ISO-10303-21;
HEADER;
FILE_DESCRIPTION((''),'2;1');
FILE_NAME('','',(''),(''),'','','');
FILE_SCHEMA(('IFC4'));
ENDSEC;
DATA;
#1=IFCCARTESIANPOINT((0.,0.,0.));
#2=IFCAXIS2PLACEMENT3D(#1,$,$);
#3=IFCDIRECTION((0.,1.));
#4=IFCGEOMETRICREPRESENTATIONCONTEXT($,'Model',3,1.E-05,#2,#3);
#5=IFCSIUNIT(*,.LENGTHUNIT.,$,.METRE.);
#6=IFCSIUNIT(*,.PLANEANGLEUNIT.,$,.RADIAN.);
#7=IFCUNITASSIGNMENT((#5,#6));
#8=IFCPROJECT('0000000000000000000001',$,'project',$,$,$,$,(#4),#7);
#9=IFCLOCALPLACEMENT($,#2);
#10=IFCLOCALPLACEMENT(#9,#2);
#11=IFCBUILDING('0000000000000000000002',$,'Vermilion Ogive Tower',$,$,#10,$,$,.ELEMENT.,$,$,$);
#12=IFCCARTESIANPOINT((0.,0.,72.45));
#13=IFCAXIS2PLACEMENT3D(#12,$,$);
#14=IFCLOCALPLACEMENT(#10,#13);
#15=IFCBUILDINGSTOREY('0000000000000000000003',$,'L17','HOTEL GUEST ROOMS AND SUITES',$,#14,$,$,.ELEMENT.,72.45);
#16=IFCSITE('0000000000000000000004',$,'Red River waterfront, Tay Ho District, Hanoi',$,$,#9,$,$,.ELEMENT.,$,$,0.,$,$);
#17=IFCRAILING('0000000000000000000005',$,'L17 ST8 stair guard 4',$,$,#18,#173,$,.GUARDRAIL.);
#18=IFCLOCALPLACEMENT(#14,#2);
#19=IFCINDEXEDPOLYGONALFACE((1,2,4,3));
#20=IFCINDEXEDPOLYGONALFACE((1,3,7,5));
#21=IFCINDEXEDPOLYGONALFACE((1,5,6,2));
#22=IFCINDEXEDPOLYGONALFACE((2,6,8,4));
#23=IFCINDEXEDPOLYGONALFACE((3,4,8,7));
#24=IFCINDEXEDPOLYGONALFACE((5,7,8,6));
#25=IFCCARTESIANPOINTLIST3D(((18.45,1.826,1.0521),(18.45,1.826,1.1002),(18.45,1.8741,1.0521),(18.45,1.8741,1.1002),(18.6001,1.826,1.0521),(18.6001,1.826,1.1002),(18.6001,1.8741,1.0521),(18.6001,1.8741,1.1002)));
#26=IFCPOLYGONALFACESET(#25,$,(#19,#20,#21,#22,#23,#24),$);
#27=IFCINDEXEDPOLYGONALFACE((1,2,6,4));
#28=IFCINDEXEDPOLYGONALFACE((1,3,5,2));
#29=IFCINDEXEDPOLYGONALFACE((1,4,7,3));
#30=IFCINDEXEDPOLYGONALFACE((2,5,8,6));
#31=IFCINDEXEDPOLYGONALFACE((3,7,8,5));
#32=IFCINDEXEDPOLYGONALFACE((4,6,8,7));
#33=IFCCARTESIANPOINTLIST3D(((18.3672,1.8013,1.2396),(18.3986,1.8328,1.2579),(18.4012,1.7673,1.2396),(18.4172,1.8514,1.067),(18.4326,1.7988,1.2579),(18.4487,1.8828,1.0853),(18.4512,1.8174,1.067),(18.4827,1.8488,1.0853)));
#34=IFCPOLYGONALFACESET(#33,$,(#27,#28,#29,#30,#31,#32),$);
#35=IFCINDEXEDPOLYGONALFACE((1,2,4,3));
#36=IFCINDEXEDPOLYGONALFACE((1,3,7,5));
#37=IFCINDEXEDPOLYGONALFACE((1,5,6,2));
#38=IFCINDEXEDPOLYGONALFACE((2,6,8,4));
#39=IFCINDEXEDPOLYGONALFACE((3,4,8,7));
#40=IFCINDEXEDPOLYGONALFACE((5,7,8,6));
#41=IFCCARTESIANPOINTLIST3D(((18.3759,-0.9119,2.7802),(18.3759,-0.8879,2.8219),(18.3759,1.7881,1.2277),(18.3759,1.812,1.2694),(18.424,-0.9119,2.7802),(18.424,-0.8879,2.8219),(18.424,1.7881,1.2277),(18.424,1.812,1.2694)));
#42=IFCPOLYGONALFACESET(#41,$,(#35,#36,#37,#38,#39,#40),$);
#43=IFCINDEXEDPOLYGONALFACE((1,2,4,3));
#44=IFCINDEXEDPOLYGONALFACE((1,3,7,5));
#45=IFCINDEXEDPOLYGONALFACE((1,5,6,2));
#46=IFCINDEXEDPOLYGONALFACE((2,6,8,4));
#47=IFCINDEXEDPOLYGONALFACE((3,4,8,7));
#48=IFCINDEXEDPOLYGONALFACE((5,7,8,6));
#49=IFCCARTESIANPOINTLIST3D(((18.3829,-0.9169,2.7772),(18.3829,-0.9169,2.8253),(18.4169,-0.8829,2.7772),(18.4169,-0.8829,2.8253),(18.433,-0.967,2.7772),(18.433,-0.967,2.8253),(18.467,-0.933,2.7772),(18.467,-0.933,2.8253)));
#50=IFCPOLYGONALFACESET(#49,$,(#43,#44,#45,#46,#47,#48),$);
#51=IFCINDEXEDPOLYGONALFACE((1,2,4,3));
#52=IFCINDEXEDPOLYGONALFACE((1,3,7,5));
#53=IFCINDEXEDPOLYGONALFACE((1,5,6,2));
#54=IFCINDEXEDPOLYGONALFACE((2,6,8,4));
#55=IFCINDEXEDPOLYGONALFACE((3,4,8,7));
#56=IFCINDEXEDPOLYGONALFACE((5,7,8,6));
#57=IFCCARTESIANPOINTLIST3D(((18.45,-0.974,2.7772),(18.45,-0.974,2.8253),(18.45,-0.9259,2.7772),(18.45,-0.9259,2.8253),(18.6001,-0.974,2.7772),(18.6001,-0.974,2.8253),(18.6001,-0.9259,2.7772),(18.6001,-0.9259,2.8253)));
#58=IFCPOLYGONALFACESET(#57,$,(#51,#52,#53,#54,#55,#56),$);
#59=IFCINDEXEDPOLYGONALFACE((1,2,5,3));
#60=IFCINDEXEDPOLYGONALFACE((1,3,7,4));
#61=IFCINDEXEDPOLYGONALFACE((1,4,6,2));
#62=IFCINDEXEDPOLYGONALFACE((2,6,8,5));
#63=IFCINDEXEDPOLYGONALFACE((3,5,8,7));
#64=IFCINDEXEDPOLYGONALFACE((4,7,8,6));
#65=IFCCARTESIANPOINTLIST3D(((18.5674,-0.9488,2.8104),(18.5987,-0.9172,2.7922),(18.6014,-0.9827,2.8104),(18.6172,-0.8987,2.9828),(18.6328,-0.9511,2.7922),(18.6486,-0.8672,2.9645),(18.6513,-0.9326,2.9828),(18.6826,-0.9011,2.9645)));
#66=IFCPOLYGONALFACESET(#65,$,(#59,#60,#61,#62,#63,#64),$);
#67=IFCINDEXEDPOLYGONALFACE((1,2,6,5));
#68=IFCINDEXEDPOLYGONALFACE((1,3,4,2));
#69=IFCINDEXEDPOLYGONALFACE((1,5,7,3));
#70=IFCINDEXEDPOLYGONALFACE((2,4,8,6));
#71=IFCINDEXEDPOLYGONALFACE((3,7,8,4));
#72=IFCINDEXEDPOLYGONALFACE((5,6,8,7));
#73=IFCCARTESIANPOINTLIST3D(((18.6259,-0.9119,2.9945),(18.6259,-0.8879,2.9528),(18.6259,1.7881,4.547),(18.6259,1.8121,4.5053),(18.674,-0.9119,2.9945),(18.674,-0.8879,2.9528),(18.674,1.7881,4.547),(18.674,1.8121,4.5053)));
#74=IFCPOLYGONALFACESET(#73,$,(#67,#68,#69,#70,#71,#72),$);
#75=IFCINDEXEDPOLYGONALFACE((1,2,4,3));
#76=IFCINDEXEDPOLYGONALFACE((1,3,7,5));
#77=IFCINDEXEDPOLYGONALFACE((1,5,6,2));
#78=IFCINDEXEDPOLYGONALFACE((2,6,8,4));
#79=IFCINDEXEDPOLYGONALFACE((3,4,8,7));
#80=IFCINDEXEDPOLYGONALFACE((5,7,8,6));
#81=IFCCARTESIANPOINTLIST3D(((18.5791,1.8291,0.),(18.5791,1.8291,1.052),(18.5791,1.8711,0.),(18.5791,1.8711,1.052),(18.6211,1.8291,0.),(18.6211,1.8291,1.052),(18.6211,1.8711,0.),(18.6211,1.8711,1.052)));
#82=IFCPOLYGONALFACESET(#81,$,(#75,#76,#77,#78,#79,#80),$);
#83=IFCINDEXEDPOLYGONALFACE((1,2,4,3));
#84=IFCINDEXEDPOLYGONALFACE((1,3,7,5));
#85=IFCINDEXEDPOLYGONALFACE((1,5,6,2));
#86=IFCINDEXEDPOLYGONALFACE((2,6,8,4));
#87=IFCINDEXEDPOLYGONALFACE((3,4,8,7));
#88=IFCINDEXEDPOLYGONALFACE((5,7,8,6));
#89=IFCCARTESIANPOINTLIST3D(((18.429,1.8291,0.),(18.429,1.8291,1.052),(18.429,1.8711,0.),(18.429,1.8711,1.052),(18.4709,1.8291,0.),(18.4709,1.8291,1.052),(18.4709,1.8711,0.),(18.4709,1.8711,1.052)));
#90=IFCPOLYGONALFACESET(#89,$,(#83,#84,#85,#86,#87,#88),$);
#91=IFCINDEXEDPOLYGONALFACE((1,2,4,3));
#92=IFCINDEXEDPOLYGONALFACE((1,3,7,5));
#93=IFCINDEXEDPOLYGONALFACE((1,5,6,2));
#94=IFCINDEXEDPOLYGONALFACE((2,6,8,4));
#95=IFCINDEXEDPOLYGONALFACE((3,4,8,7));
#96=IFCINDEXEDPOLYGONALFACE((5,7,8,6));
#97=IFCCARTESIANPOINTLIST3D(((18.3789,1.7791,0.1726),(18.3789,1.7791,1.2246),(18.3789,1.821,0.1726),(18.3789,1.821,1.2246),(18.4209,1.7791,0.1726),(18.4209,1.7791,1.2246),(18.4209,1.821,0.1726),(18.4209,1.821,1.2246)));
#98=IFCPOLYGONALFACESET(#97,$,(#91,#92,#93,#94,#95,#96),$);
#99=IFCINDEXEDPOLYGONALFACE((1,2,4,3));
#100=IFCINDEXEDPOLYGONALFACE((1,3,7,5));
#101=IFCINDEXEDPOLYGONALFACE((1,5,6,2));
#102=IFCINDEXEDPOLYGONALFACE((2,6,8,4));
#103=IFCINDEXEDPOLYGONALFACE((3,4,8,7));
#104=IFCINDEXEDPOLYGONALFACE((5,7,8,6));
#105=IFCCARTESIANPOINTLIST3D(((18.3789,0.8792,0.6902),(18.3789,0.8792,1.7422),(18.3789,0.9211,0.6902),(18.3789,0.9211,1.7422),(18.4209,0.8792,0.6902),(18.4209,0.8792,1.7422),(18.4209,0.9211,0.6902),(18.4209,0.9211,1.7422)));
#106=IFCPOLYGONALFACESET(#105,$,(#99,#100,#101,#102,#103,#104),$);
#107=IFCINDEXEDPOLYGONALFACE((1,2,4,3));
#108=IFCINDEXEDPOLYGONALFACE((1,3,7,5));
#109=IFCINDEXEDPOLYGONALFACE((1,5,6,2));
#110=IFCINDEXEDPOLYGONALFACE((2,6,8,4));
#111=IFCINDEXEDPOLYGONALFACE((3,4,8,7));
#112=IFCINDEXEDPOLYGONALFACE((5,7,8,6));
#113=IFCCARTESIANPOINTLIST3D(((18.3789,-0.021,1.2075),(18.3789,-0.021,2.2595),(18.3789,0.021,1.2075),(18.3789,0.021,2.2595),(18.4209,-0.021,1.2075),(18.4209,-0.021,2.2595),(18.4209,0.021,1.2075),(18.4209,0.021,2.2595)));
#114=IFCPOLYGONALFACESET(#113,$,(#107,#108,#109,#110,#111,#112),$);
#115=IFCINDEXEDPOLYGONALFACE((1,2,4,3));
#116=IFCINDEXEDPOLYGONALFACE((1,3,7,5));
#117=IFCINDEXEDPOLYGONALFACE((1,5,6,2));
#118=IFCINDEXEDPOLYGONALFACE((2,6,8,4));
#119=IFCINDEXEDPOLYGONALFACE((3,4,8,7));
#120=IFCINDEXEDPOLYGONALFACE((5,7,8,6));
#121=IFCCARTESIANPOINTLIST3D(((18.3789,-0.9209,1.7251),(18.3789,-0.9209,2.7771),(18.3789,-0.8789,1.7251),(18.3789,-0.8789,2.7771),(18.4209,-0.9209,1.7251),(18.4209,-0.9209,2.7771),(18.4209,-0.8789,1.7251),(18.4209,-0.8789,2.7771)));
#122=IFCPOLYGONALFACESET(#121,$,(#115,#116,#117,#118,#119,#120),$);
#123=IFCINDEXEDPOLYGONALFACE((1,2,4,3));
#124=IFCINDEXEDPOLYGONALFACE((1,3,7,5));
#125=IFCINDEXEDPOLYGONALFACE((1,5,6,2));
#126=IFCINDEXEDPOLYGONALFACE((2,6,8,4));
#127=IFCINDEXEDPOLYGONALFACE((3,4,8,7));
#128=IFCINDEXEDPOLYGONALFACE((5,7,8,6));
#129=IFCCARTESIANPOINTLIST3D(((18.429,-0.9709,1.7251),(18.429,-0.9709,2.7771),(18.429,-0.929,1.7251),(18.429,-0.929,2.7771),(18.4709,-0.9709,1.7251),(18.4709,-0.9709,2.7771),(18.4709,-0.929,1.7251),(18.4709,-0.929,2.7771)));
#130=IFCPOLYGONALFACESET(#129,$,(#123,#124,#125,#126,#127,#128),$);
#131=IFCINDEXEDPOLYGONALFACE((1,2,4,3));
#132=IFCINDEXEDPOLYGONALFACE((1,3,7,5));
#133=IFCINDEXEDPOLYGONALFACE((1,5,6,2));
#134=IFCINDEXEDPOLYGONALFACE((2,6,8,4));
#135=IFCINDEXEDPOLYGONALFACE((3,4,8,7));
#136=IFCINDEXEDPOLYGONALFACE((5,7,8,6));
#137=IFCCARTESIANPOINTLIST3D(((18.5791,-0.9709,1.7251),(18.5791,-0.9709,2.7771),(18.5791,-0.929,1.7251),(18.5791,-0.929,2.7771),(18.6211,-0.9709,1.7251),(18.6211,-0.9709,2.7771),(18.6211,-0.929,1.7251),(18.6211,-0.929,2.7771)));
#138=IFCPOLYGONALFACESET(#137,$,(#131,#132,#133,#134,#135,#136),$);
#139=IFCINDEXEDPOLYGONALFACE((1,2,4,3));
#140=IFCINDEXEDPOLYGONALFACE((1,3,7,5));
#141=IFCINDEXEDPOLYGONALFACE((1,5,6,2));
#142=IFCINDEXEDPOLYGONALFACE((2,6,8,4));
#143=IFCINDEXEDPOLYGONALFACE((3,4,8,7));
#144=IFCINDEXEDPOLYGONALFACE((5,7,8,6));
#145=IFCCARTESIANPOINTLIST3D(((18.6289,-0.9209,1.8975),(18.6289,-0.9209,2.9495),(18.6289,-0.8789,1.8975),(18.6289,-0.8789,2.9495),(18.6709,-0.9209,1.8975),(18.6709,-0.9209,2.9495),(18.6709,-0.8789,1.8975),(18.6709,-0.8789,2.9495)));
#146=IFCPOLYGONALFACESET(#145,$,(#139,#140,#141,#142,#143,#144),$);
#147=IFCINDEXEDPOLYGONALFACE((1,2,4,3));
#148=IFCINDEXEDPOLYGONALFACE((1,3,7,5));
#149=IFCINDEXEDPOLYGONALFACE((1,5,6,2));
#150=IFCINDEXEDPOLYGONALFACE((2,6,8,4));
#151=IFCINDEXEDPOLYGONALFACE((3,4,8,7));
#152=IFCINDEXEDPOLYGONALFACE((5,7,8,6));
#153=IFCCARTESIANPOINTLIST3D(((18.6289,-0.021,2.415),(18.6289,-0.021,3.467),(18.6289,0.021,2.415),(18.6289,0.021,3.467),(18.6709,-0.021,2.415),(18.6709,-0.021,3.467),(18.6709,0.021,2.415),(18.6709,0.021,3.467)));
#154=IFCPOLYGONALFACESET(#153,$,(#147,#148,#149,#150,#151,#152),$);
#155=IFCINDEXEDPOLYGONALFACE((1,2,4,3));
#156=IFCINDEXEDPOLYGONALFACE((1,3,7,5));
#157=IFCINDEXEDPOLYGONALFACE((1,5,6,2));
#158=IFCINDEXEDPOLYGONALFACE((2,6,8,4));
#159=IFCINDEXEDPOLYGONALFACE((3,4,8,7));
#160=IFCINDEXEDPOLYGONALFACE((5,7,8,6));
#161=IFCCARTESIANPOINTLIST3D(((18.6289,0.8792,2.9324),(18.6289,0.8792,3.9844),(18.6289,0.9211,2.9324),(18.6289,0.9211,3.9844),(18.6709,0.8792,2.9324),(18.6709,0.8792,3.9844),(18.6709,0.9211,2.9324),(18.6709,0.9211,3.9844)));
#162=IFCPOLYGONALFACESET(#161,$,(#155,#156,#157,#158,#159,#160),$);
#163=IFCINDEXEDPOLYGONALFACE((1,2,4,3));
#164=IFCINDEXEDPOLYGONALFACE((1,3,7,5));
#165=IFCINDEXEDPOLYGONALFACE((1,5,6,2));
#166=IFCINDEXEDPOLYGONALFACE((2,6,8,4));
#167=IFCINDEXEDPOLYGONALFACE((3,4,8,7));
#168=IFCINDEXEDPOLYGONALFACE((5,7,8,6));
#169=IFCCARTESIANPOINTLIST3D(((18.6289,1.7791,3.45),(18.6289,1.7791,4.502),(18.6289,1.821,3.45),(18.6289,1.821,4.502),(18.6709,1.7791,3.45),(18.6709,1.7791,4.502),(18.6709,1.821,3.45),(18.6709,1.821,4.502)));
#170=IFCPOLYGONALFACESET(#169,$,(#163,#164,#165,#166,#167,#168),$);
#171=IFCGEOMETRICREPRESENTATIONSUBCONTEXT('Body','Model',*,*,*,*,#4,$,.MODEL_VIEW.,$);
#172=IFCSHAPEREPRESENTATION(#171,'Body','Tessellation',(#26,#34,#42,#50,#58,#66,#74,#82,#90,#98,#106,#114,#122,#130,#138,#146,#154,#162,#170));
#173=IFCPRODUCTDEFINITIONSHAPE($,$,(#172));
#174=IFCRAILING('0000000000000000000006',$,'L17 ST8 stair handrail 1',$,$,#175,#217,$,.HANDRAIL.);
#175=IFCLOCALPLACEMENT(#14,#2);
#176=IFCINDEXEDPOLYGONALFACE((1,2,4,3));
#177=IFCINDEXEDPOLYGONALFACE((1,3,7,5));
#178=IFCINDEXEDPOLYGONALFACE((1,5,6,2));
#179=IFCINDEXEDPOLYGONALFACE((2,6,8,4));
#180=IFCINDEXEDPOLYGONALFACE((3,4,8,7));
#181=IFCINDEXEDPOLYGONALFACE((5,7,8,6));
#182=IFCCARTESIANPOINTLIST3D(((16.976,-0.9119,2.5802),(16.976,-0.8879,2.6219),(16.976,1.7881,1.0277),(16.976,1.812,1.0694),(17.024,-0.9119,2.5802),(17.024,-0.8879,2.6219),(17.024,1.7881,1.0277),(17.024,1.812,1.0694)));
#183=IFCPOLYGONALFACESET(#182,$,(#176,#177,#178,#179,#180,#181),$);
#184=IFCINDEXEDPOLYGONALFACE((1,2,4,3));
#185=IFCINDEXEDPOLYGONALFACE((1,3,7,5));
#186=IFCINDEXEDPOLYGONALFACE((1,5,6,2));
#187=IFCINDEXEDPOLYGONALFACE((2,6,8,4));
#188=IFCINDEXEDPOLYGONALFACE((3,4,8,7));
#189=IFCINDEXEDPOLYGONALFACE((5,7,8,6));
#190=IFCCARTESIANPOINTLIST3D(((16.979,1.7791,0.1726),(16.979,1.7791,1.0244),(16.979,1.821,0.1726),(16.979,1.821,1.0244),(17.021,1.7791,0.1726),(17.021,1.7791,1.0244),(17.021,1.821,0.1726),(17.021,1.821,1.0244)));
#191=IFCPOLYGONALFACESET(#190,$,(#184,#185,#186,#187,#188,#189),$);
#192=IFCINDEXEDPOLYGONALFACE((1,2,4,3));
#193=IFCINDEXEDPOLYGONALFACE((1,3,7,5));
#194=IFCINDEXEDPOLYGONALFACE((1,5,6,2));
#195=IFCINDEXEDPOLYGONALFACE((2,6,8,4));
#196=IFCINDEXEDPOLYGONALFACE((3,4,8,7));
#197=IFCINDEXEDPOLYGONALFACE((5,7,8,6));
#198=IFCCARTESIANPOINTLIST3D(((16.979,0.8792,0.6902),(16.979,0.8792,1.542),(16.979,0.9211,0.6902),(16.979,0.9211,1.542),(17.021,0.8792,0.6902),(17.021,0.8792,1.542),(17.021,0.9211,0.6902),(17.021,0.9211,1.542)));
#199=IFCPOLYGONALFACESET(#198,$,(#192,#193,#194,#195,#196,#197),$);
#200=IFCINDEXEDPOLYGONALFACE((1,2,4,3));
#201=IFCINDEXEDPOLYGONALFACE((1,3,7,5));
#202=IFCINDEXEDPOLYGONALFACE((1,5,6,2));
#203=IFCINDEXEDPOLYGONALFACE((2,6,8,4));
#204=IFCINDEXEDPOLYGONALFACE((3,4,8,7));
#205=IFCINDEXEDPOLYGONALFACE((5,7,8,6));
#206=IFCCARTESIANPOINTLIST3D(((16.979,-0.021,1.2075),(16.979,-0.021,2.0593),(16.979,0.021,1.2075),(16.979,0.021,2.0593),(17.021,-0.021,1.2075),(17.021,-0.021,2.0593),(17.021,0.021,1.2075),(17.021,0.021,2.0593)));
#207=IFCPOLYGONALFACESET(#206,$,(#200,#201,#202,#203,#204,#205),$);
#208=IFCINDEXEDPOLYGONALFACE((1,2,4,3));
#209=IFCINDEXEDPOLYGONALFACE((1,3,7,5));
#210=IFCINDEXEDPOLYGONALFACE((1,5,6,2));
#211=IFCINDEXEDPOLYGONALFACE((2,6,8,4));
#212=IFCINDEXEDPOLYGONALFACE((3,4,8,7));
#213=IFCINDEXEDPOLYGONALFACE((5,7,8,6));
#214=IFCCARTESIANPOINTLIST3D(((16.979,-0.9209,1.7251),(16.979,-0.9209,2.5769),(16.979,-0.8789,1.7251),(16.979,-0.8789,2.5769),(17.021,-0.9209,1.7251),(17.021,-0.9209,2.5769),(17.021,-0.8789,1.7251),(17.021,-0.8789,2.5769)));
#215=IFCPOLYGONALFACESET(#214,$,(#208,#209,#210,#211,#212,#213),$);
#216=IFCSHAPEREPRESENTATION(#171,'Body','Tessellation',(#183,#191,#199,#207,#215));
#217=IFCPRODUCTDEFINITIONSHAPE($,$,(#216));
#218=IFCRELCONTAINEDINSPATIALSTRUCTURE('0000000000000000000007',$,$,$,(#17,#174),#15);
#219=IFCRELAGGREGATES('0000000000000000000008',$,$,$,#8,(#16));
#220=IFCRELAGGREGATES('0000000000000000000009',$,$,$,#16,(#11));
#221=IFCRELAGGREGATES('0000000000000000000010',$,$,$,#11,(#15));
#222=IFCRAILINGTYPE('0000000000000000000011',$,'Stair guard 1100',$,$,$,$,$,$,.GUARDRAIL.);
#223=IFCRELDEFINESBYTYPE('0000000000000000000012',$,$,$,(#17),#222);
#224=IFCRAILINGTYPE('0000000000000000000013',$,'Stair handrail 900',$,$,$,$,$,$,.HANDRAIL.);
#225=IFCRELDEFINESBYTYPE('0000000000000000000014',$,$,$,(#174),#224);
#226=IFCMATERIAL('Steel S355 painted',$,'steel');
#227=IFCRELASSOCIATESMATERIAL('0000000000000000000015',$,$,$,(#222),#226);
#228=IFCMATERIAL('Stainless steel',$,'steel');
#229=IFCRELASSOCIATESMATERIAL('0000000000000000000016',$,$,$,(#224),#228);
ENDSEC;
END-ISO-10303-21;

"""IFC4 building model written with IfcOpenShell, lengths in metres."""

from ifc_helpers import new_model, si_unit, direction, frame, origin, origin_2d, place, context, subcontext, project, spatial, rectangle, extrude, material, type_object, element, save


model = new_model("IFC4")

# Units and contexts
model_context = context("Model", 3, precision=1e-05, world=origin(), true_north=direction((0.0, 1.0)))
body_context = subcontext(model_context, "Body", "Model", "MODEL_VIEW")
ifc_project = project(units=[si_unit("LENGTHUNIT", "METRE"), si_unit("PLANEANGLEUNIT", "RADIAN")], contexts=[model_context])

# Site, building, storey
site_placement = place(None, origin())
site = spatial("IfcSite", under=ifc_project, at=site_placement, Name="Red River waterfront, Tay Ho District, Hanoi", CompositionType="ELEMENT", RefElevation=0.0)
building_placement = place(site_placement, origin())
building = spatial("IfcBuilding", under=site, at=building_placement, Name="Vermilion Ogive Tower", CompositionType="ELEMENT")
storey_placement = place(building_placement, frame((0.0, 0.0, 72.45)))
storey = spatial("IfcBuildingStorey", under=building, at=storey_placement, Name="L17", Description="HOTEL GUEST ROOMS AND SUITES", CompositionType="ELEMENT", Elevation=72.45)

# Railings
ifc_material_1 = material(Name="Steel S355 painted", Category="steel")
railing_type_1 = type_object("IfcRailingType", Name="Stair guard 1100", PredefinedType="GUARDRAIL", material=ifc_material_1)
railing_1_placement = place(storey_placement, frame((18.6001, 1.8501, 0.0)))
element("IfcRailing", 1, at=railing_1_placement, inside=storey, type_object=railing_type_1, Name="L17 ST8 stair guard 4", PredefinedType="GUARDRAIL", context=body_context, shape_type="SweptSolid", body=[
    extrude(rectangle(XDim=0.0481, YDim=0.0481, at=origin_2d()), frame((0.0, 0.0, 1.0762), z_axis=(-1.0, 0.0, 0.0), x_axis=(0.0, -1.0, 0.0)), (0.0, 0.0, 1.0), 0.1501),
    extrude(rectangle(XDim=0.0481, YDim=0.0481, at=origin_2d()), frame((-0.1501, 0.0, 1.0762), z_axis=(-0.268278, -0.268278, 0.925232), x_axis=(0.707107, -0.707107, 0.0)), (0.0, 0.0, 1.0), 0.1865),
    extrude(rectangle(XDim=0.0481, YDim=0.0481, at=origin_2d()), frame((-0.2002, -0.05, 1.2485), z_axis=(0.0, -0.866904, 0.498476), x_axis=(1.0, 0.0, 0.0)), (0.0, 0.0, 1.0), 3.1145),
    extrude(rectangle(XDim=0.0481, YDim=0.0481, at=origin_2d()), frame((-0.2002, -2.75, 2.8013), z_axis=(0.707107, -0.707107, 0.0), x_axis=(0.707107, 0.707107, 0.0)), (0.0, 0.0, 1.0), 0.0708),
    extrude(rectangle(XDim=0.0481, YDim=0.0481, at=origin_2d()), frame((-0.1501, -2.8, 2.8013), z_axis=(1.0, 0.0, 0.0), x_axis=(0.0, 1.0, 0.0)), (0.0, 0.0, 1.0), 0.1501),
    extrude(rectangle(XDim=0.0481, YDim=0.0481, at=origin_2d()), frame((0.0, -2.8, 2.8013), z_axis=(0.267387, 0.268698, 0.925368), x_axis=(-0.708834, 0.705376, 0.0)), (0.0, 0.0, 1.0), 0.1863),
    extrude(rectangle(XDim=0.0481, YDim=0.0481, at=origin_2d()), frame((0.0498, -2.75, 2.9736), z_axis=(0.0, 0.866904, 0.498476), x_axis=(-1.0, 0.0, 0.0)), (0.0, 0.0, 1.0), 3.1145),
    extrude(rectangle(XDim=0.042, YDim=0.042, at=origin_2d()), origin(), (0.0, 0.0, 1.0), 1.052),
    extrude(rectangle(XDim=0.042, YDim=0.042, at=origin_2d()), frame((-0.1501, 0.0, 0.0)), (0.0, 0.0, 1.0), 1.052),
    extrude(rectangle(XDim=0.042, YDim=0.042, at=origin_2d()), frame((-0.2002, -0.05, 0.1726)), (0.0, 0.0, 1.0), 1.052),
    extrude(rectangle(XDim=0.042, YDim=0.042, at=origin_2d()), frame((-0.2002, -0.95, 0.6902)), (0.0, 0.0, 1.0), 1.052),
    extrude(rectangle(XDim=0.042, YDim=0.042, at=origin_2d()), frame((-0.2002, -1.8501, 1.2075)), (0.0, 0.0, 1.0), 1.052),
    extrude(rectangle(XDim=0.042, YDim=0.042, at=origin_2d()), frame((-0.2002, -2.75, 1.7251)), (0.0, 0.0, 1.0), 1.052),
    extrude(rectangle(XDim=0.042, YDim=0.042, at=origin_2d()), frame((-0.1501, -2.8, 1.7251)), (0.0, 0.0, 1.0), 1.052),
    extrude(rectangle(XDim=0.042, YDim=0.042, at=origin_2d()), frame((0.0, -2.8, 1.7251)), (0.0, 0.0, 1.0), 1.052),
    extrude(rectangle(XDim=0.042, YDim=0.042, at=origin_2d()), frame((0.0498, -2.75, 1.8975)), (0.0, 0.0, 1.0), 1.052),
    extrude(rectangle(XDim=0.042, YDim=0.042, at=origin_2d()), frame((0.0498, -1.8501, 2.415)), (0.0, 0.0, 1.0), 1.052),
    extrude(rectangle(XDim=0.042, YDim=0.042, at=origin_2d()), frame((0.0498, -0.95, 2.9324)), (0.0, 0.0, 1.0), 1.052),
    extrude(rectangle(XDim=0.042, YDim=0.042, at=origin_2d()), frame((0.0498, -0.05, 3.45)), (0.0, 0.0, 1.0), 1.052),
])
ifc_material_2 = material(Name="Stainless steel", Category="steel")
railing_type_2 = type_object("IfcRailingType", Name="Stair handrail 900", PredefinedType="HANDRAIL", material=ifc_material_2)
railing_2_placement = place(storey_placement, frame((17.0, 1.8, 0.1726)))
element("IfcRailing", 2, at=railing_2_placement, inside=storey, type_object=railing_type_2, Name="L17 ST8 stair handrail 1", PredefinedType="HANDRAIL", context=body_context, shape_type="SweptSolid", body=[
    extrude(rectangle(XDim=0.0481, YDim=0.0481, at=origin_2d()), frame((0.0, 0.0, 0.876), z_axis=(0.0, -0.866904, 0.498476), x_axis=(1.0, 0.0, 0.0)), (0.0, 0.0, 1.0), 3.1145),
    extrude(rectangle(XDim=0.042, YDim=0.042, at=origin_2d()), origin(), (0.0, 0.0, 1.0), 0.8518),
    extrude(rectangle(XDim=0.042, YDim=0.042, at=origin_2d()), frame((0.0, -0.8999, 0.5176)), (0.0, 0.0, 1.0), 0.8518),
    extrude(rectangle(XDim=0.042, YDim=0.042, at=origin_2d()), frame((0.0, -1.8, 1.0349)), (0.0, 0.0, 1.0), 0.8518),
    extrude(rectangle(XDim=0.042, YDim=0.042, at=origin_2d()), frame((0.0, -2.7, 1.5525)), (0.0, 0.0, 1.0), 0.8518),
])

save(model, "model.ifc")
